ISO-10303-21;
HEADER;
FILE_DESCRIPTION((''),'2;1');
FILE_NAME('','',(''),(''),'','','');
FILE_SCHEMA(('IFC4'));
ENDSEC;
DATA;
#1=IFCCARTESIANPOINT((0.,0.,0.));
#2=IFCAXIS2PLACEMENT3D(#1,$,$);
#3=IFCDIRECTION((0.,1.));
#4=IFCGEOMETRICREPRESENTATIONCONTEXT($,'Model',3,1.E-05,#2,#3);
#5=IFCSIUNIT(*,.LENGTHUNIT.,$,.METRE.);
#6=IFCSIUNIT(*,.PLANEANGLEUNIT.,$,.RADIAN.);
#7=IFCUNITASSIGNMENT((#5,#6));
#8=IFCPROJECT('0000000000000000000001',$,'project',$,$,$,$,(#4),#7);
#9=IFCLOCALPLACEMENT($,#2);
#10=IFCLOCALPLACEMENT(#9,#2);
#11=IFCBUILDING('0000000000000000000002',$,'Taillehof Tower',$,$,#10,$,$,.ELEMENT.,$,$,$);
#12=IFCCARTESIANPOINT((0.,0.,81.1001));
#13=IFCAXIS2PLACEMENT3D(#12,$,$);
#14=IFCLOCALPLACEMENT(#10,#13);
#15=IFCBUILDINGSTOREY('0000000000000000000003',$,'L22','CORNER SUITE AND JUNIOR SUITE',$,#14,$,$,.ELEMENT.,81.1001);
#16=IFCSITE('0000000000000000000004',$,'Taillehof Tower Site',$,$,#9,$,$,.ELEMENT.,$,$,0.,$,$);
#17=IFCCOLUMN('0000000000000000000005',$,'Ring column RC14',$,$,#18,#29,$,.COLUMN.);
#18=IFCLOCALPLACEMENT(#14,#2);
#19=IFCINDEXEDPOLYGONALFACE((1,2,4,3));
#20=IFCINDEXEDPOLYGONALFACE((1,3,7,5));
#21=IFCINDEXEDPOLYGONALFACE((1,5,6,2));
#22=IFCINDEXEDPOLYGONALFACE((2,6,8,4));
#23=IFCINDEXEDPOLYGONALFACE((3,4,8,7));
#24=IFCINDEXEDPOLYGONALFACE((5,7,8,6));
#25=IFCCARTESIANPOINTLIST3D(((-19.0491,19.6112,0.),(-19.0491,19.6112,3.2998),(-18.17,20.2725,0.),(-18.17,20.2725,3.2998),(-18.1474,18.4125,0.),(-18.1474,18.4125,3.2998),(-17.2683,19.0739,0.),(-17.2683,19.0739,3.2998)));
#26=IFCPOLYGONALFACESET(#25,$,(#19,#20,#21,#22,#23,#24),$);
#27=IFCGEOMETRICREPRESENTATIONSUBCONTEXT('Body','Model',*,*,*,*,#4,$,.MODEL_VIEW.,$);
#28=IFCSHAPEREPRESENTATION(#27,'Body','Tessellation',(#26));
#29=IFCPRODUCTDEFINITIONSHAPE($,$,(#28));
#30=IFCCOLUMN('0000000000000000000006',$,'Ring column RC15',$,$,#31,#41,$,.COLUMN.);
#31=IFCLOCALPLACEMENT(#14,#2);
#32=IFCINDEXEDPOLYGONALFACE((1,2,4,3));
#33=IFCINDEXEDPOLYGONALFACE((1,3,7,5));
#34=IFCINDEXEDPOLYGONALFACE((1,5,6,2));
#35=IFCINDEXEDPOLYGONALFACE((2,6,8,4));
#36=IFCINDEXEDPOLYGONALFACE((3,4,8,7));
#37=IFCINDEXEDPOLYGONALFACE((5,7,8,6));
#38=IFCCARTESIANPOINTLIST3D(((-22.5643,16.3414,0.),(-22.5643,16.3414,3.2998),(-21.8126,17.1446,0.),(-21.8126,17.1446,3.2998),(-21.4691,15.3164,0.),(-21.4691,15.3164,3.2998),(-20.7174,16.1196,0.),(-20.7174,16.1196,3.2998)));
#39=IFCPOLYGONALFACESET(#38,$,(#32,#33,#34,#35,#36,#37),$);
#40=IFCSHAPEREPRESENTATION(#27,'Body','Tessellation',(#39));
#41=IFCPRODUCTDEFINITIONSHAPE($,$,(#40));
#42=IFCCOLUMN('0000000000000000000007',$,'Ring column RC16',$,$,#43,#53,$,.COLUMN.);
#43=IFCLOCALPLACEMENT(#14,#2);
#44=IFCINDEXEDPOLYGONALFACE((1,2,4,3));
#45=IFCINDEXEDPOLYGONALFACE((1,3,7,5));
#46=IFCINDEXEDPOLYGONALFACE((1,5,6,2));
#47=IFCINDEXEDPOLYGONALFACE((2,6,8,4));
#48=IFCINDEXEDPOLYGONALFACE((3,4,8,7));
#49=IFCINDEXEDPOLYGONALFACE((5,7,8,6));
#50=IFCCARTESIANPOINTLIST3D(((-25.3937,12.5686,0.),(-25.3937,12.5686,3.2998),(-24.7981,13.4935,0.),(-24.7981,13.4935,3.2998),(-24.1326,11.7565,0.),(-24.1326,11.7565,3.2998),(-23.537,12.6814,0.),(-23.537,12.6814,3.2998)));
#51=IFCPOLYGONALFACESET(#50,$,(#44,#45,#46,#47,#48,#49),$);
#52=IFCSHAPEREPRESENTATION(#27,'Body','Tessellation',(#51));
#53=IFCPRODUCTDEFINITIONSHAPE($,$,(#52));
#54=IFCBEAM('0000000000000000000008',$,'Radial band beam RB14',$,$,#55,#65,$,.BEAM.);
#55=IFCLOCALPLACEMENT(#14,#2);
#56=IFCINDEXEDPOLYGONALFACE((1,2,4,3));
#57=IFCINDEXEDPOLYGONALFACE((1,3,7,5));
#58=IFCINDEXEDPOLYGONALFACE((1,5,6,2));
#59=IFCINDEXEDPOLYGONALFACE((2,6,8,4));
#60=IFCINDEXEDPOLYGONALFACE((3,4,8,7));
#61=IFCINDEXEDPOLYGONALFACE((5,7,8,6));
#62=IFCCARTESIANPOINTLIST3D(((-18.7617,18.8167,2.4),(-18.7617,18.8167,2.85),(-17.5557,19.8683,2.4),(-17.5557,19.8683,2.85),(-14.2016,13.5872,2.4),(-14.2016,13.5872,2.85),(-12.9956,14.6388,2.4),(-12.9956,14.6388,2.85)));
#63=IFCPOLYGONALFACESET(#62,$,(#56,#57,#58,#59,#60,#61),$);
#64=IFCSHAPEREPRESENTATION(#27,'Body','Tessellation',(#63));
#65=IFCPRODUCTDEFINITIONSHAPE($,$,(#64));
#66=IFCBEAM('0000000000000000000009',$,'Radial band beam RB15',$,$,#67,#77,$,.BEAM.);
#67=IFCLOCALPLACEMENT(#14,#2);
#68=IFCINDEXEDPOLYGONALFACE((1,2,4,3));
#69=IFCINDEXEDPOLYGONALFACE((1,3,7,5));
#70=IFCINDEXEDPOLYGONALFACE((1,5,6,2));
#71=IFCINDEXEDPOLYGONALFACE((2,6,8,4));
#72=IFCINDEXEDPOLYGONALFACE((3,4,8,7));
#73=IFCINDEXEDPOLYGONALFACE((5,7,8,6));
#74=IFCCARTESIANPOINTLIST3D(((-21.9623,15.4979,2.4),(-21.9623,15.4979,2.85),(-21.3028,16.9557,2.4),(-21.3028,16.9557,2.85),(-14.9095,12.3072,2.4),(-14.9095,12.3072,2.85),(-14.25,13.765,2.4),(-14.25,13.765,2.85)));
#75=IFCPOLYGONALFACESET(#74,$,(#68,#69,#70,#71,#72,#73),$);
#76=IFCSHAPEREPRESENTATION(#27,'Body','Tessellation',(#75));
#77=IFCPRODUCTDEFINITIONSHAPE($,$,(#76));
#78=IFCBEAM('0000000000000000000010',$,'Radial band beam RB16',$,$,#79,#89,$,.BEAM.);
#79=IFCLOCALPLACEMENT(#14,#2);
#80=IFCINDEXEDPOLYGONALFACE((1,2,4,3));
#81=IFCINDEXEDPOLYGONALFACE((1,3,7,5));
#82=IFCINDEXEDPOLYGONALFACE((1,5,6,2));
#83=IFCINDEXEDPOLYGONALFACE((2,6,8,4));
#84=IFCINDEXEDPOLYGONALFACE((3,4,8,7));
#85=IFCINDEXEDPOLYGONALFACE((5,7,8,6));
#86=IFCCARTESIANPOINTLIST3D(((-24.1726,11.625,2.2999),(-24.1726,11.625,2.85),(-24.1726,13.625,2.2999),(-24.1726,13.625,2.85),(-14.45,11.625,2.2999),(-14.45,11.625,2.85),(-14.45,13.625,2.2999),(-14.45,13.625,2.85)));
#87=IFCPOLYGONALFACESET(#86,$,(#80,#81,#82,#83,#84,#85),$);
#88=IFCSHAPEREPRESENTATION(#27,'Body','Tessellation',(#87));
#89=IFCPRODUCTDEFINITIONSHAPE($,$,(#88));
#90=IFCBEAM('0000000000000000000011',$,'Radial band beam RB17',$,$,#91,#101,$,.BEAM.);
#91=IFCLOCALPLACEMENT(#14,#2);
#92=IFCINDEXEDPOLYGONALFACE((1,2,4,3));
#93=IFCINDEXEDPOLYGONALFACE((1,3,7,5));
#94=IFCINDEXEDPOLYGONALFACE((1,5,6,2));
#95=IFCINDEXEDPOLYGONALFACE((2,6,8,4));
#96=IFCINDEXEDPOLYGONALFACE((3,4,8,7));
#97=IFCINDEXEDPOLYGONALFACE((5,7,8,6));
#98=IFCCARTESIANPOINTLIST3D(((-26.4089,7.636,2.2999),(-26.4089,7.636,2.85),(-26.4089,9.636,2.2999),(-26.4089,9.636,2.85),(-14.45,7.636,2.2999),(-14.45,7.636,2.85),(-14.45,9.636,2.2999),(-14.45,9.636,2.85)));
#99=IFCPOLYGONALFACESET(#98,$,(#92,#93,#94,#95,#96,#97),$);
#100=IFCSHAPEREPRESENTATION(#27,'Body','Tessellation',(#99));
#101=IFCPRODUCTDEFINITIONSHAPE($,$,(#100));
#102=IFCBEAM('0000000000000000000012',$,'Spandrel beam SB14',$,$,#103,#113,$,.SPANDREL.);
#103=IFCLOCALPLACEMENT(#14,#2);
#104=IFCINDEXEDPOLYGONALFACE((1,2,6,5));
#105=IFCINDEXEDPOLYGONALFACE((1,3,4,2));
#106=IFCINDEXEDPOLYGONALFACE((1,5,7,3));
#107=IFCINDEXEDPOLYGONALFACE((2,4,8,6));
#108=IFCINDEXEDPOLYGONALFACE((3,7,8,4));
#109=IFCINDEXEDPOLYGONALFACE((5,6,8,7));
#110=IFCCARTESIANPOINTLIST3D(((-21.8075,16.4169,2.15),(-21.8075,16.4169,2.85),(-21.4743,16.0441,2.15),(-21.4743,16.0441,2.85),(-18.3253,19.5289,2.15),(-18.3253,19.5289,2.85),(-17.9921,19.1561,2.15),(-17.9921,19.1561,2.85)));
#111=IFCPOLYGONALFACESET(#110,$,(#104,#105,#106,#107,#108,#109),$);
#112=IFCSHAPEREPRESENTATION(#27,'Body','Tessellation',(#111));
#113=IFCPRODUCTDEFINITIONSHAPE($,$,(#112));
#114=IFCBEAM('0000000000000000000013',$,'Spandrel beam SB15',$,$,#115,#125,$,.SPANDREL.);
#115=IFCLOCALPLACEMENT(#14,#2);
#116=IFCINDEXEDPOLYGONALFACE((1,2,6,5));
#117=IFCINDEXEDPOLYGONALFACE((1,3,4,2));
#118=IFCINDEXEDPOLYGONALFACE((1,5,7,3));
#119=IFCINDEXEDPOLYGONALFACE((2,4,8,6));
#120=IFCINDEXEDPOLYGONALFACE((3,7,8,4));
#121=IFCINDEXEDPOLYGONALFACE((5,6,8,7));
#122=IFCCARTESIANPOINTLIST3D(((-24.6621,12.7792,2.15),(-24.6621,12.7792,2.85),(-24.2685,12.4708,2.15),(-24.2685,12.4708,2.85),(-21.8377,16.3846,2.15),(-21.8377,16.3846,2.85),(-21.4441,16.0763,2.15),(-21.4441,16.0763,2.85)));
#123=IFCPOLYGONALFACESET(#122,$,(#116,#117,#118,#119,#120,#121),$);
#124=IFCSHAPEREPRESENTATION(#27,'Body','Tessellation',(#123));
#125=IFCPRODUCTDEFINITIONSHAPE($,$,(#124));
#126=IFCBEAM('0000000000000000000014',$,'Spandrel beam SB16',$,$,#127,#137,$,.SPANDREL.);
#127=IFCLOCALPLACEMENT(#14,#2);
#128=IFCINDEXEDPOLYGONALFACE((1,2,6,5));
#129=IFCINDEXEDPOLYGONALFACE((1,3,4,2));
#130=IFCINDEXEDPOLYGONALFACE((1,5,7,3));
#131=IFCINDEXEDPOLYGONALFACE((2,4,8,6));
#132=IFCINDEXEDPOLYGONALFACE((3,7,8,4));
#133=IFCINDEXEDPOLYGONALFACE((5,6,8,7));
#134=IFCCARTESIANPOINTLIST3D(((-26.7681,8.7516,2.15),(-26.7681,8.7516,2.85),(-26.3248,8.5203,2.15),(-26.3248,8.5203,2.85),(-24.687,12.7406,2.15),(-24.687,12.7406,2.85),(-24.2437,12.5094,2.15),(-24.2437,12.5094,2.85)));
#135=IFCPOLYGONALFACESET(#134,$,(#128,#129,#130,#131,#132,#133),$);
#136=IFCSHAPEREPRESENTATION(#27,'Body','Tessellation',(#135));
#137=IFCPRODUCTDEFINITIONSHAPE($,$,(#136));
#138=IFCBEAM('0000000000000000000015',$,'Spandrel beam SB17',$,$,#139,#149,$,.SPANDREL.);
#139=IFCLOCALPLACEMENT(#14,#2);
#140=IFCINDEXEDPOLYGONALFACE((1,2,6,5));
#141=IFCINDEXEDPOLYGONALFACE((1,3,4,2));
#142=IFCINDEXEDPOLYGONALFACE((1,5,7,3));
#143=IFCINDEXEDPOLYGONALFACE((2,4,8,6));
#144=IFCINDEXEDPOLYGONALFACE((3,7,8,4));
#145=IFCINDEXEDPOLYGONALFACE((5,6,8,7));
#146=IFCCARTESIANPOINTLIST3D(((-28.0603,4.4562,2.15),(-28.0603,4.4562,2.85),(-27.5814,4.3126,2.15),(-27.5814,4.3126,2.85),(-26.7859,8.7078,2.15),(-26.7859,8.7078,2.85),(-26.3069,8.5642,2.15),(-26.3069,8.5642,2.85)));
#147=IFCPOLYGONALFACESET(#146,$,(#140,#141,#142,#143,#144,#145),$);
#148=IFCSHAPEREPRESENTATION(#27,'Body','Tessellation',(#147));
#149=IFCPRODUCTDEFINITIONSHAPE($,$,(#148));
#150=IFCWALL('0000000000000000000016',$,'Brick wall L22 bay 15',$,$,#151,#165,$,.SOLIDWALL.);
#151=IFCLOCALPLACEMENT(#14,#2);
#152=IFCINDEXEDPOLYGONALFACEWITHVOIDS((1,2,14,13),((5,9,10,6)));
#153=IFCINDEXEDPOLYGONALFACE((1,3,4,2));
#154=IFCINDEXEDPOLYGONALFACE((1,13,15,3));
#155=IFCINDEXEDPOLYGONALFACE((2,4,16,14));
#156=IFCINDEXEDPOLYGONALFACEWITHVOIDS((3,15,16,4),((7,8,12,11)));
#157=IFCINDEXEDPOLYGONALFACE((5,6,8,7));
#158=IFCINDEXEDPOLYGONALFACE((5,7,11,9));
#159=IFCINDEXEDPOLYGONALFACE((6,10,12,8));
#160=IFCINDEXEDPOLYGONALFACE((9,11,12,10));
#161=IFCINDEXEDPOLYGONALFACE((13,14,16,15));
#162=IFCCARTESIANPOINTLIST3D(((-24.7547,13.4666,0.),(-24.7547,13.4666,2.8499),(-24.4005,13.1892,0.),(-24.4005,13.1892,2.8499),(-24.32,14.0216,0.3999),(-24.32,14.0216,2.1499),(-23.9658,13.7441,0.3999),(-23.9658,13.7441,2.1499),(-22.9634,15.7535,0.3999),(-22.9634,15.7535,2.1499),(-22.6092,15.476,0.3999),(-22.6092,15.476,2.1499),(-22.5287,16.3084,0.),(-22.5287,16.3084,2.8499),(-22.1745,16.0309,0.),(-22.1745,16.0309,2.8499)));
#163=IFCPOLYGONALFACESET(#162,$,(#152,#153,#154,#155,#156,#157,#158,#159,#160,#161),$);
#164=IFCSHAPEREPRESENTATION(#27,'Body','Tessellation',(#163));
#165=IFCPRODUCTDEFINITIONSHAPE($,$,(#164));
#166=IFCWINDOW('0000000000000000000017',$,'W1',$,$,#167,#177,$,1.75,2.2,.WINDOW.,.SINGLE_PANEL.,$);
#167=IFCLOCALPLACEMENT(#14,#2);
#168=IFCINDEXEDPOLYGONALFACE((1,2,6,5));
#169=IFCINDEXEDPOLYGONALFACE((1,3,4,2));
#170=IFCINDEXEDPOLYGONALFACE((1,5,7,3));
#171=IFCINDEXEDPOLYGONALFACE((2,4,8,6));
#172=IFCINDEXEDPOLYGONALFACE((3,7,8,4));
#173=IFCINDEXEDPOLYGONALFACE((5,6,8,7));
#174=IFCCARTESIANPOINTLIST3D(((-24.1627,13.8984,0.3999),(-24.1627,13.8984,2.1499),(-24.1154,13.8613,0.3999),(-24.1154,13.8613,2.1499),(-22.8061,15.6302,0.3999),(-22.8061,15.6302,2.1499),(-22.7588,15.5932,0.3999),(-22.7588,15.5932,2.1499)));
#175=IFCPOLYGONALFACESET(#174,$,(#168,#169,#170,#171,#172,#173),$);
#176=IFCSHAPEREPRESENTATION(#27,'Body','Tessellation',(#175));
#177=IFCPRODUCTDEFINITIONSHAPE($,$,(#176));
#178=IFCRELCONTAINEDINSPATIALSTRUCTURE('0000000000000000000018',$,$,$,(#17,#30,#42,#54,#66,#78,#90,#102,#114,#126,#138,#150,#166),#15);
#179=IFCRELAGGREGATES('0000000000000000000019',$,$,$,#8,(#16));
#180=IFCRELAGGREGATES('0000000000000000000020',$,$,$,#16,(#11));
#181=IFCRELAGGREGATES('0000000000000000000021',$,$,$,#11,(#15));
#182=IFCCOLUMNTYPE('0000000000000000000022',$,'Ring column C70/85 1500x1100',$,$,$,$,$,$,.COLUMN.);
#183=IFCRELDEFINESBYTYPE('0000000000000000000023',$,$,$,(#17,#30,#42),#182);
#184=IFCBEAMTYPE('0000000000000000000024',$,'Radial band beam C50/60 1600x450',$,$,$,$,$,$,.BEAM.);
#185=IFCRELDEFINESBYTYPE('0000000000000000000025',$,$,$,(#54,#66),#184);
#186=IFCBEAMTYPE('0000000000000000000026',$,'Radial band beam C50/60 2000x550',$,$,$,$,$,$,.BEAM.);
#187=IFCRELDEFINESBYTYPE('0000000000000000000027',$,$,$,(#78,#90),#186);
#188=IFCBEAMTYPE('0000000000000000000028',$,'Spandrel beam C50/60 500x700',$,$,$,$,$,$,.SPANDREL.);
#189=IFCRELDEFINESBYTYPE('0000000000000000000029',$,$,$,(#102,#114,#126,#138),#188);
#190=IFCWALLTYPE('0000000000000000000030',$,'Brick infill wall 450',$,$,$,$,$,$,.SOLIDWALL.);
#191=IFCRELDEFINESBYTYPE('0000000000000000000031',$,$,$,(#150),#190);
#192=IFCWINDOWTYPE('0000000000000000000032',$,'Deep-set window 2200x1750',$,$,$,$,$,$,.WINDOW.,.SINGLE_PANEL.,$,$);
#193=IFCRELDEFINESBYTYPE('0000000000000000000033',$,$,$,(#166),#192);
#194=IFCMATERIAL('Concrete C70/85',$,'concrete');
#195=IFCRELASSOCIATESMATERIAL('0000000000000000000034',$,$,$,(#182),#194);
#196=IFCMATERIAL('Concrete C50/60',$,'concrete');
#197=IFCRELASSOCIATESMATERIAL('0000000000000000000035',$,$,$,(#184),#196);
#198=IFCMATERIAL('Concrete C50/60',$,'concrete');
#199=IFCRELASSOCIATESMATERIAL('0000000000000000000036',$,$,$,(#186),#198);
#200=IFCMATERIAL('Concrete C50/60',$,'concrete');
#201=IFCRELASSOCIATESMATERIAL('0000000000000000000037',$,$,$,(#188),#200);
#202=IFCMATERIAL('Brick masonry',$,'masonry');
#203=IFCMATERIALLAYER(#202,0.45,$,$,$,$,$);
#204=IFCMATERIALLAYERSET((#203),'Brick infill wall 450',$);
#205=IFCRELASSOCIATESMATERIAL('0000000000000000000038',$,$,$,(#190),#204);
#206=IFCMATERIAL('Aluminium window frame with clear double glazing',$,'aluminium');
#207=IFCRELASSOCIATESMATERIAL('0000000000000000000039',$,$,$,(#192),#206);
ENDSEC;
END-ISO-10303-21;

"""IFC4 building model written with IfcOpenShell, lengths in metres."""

from ifc_helpers import new_model, si_unit, direction, frame, frame_2d, origin, origin_2d, place, context, subcontext, project, spatial, rectangle, extrude, material, layer, layer_set, material_profile, profile_set, type_object, element, fill, save


model = new_model("IFC4")

# Units and contexts
model_context = context("Model", 3, precision=1e-05, world=origin(), true_north=direction((0.0, 1.0)))
body_context = subcontext(model_context, "Body", "Model", "MODEL_VIEW")
ifc_project = project(units=[si_unit("LENGTHUNIT", "METRE"), si_unit("PLANEANGLEUNIT", "RADIAN")], contexts=[model_context])

# Site, building, storey
site_placement = place(None, origin())
site = spatial("IfcSite", under=ifc_project, at=site_placement, Name="Taillehof Tower Site", CompositionType="ELEMENT", RefElevation=0.0)
building_placement = place(site_placement, origin())
building = spatial("IfcBuilding", under=site, at=building_placement, Name="Taillehof Tower", CompositionType="ELEMENT")
storey_placement = place(building_placement, frame((0.0, 0.0, 81.1001)))
storey = spatial("IfcBuildingStorey", under=building, at=storey_placement, Name="L22", Description="CORNER SUITE AND JUNIOR SUITE", CompositionType="ELEMENT", Elevation=81.1001)

# Columns
ifc_material_1 = material(Name="Concrete C70/85", Category="concrete")
ifc_material_profile_1 = material_profile(ifc_material_1, rectangle(XDim=1.5, YDim=1.1001, at=origin_2d()), Name="RC 1500x1100")
ifc_profile_set_1 = profile_set([ifc_material_profile_1], Name="Concrete C70/85")
column_type = type_object("IfcColumnType", Name="Ring column C70/85 1500x1100", PredefinedType="COLUMN", material=ifc_profile_set_1)
for number, where, z_axis, x_axis, name in (
    (1, (-18.1587, 19.3425, 0.0), (0.0, 0.0, 1.0), (-0.601174, 0.799118, 0.0), "Ring column RC14"),
    (2, (-21.6409, 16.2305, 0.0), (0.0, 0.0, 1.0), (-0.730113, 0.683326, 0.0), "Ring column RC15"),
    (3, (-24.4653, 12.625, 0.0), (0.0, 0.0, 1.0), (-0.840754, 0.541418, 0.0), "Ring column RC16"),
):
    element("IfcColumn", number, at=place(storey_placement, frame(where, z_axis=z_axis, x_axis=x_axis)), inside=storey, type_object=column_type, Name=name, PredefinedType="COLUMN", context=body_context, shape_type="SweptSolid", body=[
        extrude(rectangle(XDim=1.5, YDim=1.1001, at=origin_2d()), origin(), (0.0, 0.0, 1.0), 3.2998),
    ])

# Beams
ifc_material_2 = material(Name="Concrete C50/60", Category="concrete")
ifc_material_profile_2 = material_profile(ifc_material_2, rectangle(XDim=1.6001, YDim=0.45, at=origin_2d()), Name="RC 1600x450")
ifc_profile_set_2 = profile_set([ifc_material_profile_2], Name="Concrete C50/60")
beam_type_1 = type_object("IfcBeamType", Name="Radial band beam C50/60 1600x450", PredefinedType="BEAM", material=ifc_profile_set_2)
beam_1_placement = place(storey_placement, frame((-18.1587, 19.3425, 2.625), z_axis=(0.657218, -0.7537, 0.0), x_axis=(0.7537, 0.657218, 0.0)))
element("IfcBeam", 4, at=beam_1_placement, inside=storey, type_object=beam_type_1, Name="Radial band beam RB14", PredefinedType="BEAM", context=body_context, shape_type="SweptSolid", body=[
    extrude(rectangle(XDim=1.6001, YDim=0.45, at=origin_2d()), origin(), (0.0, 0.0, 1.0), 6.9385),
])
beam_2_placement = place(storey_placement, frame((-21.6326, 16.2268, 2.625), z_axis=(0.911101, -0.412184, 0.0), x_axis=(0.412184, 0.911101, 0.0)))
element("IfcBeam", 5, at=beam_2_placement, inside=storey, type_object=beam_type_1, Name="Radial band beam RB15", PredefinedType="BEAM", context=body_context, shape_type="SweptSolid", body=[
    extrude(rectangle(XDim=1.6001, YDim=0.45, at=origin_2d()), origin(), (0.0, 0.0, 1.0), 7.741),
])
ifc_material_3 = material(Name="Concrete C50/60", Category="concrete")
ifc_material_profile_3 = material_profile(ifc_material_3, rectangle(XDim=2.0, YDim=0.55, at=origin_2d()), Name="RC 2000x550")
ifc_profile_set_3 = profile_set([ifc_material_profile_3], Name="Concrete C50/60")
beam_type_2 = type_object("IfcBeamType", Name="Radial band beam C50/60 2000x550", PredefinedType="BEAM", material=ifc_profile_set_3)
beam_3_placement = place(storey_placement, frame((-24.1726, 12.625, 2.575), z_axis=(1.0, 0.0, 0.0), x_axis=(0.0, 1.0, 0.0)))
element("IfcBeam", 6, at=beam_3_placement, inside=storey, type_object=beam_type_2, Name="Radial band beam RB16", PredefinedType="BEAM", context=body_context, shape_type="SweptSolid", body=[
    extrude(rectangle(XDim=2.0, YDim=0.55, at=origin_2d()), origin(), (0.0, 0.0, 1.0), 9.7227),
])
beam_4_placement = place(storey_placement, frame((-26.4089, 8.636, 2.575), z_axis=(1.0, 0.0, 0.0), x_axis=(0.0, 1.0, 0.0)))
element("IfcBeam", 7, at=beam_4_placement, inside=storey, type_object=beam_type_2, Name="Radial band beam RB17", PredefinedType="BEAM", context=body_context, shape_type="SweptSolid", body=[
    extrude(rectangle(XDim=2.0, YDim=0.55, at=origin_2d()), origin(), (0.0, 0.0, 1.0), 11.959),
])
ifc_material_4 = material(Name="Concrete C50/60", Category="concrete")
ifc_material_profile_4 = material_profile(ifc_material_4, rectangle(XDim=0.5, YDim=0.7, at=origin_2d()), Name="RC 500x700")
ifc_profile_set_4 = profile_set([ifc_material_profile_4], Name="Concrete C50/60")
beam_type_3 = type_object("IfcBeamType", Name="Spandrel beam C50/60 500x700", PredefinedType="SPANDREL", material=ifc_profile_set_4)
beam_5_placement = place(storey_placement, frame((-18.1587, 19.3425, 2.5), z_axis=(-0.745621, -0.66637, 0.0), x_axis=(0.66637, -0.745621, 0.0)))
element("IfcBeam", 8, at=beam_5_placement, inside=storey, type_object=beam_type_3, Name="Spandrel beam SB14", PredefinedType="SPANDREL", context=body_context, shape_type="SweptSolid", body=[
    extrude(rectangle(XDim=0.5, YDim=0.7, at=origin_2d()), origin(), (0.0, 0.0, 1.0), 4.6702),
])
beam_6_placement = place(storey_placement, frame((-21.6409, 16.2305, 2.5), z_axis=(-0.616686, -0.787209, 0.0), x_axis=(0.787209, -0.616686, 0.0)))
element("IfcBeam", 9, at=beam_6_placement, inside=storey, type_object=beam_type_3, Name="Spandrel beam SB15", PredefinedType="SPANDREL", context=body_context, shape_type="SweptSolid", body=[
    extrude(rectangle(XDim=0.5, YDim=0.7, at=origin_2d()), origin(), (0.0, 0.0, 1.0), 4.5801),
])
beam_7_placement = place(storey_placement, frame((-24.4653, 12.625, 2.5), z_axis=(-0.462536, -0.8866, 0.0), x_axis=(0.8866, -0.462536, 0.0)))
element("IfcBeam", 10, at=beam_7_placement, inside=storey, type_object=beam_type_3, Name="Spandrel beam SB16", PredefinedType="SPANDREL", context=body_context, shape_type="SweptSolid", body=[
    extrude(rectangle(XDim=0.5, YDim=0.7, at=origin_2d()), origin(), (0.0, 0.0, 1.0), 4.4993),
])
beam_8_placement = place(storey_placement, frame((-26.5464, 8.636, 2.5), z_axis=(-0.287136, -0.95789, 0.0), x_axis=(0.95789, -0.287136, 0.0)))
element("IfcBeam", 11, at=beam_8_placement, inside=storey, type_object=beam_type_3, Name="Spandrel beam SB17", PredefinedType="SPANDREL", context=body_context, shape_type="SweptSolid", body=[
    extrude(rectangle(XDim=0.5, YDim=0.7, at=origin_2d()), origin(), (0.0, 0.0, 1.0), 4.4385),
])

# Wall, opening, window
ifc_material_5 = material(Name="Brick masonry", Category="masonry")
ifc_layer_1 = layer(ifc_material_5, 0.45)
ifc_layer_set_1 = layer_set([ifc_layer_1], Name="Brick infill wall 450")
wall_type_1 = type_object("IfcWallType", Name="Brick infill wall 450", PredefinedType="SOLIDWALL", material=ifc_layer_set_1)
wall_1_placement = place(storey_placement, frame((-22.3516, 16.1697, 0.0), z_axis=(0.0, 0.0, 1.0), x_axis=(-0.616662, -0.787228, 0.0)))
wall_1 = element("IfcWall", 12, at=wall_1_placement, inside=storey, type_object=wall_type_1, Name="Brick wall L22 bay 15", PredefinedType="SOLIDWALL", context=body_context, shape_type="SweptSolid", body=[
    extrude(rectangle(XDim=3.6099, YDim=0.45, at=frame_2d((1.8049, 0.0))), origin(), (0.0, 0.0, 1.0), 2.8499),
])
opening_1_placement = place(wall_1_placement, frame((0.7048, 0.0, 0.3999)))
opening_1 = element("IfcOpeningElement", 13, at=opening_1_placement, cuts=wall_1, PredefinedType="OPENING", context=body_context, shape_type="SweptSolid", body=[
    extrude(rectangle(XDim=2.2, YDim=1.75, at=frame_2d((1.1001, 0.875))), frame((0.0, 0.2349, 0.0), z_axis=(0.0, -1.0, 0.0), x_axis=(1.0, 0.0, 0.0)), (0.0, 0.0, 1.0), 0.47),
])
ifc_material_6 = material(Name="Aluminium window frame with clear double glazing", Category="aluminium")
window_type_1 = type_object("IfcWindowType", Name="Deep-set window 2200x1750", PartitioningType="SINGLE_PANEL", PredefinedType="WINDOW", material=ifc_material_6)
window_1_placement = place(opening_1_placement, origin())
window_1 = element("IfcWindow", 14, at=window_1_placement, inside=storey, type_object=window_type_1, Name="W1", OverallHeight=1.75, OverallWidth=2.2, PartitioningType="SINGLE_PANEL", PredefinedType="WINDOW", context=body_context, shape_type="SweptSolid", body=[
    extrude(rectangle(XDim=2.2, YDim=1.75, at=frame_2d((1.1001, 0.875))), frame((0.0, 0.0349, 0.0), z_axis=(0.0, -1.0, 0.0), x_axis=(1.0, 0.0, 0.0)), (0.0, 0.0, 1.0), 0.0601),
])
fill(opening_1, window_1)

save(model, "model.ifc")
